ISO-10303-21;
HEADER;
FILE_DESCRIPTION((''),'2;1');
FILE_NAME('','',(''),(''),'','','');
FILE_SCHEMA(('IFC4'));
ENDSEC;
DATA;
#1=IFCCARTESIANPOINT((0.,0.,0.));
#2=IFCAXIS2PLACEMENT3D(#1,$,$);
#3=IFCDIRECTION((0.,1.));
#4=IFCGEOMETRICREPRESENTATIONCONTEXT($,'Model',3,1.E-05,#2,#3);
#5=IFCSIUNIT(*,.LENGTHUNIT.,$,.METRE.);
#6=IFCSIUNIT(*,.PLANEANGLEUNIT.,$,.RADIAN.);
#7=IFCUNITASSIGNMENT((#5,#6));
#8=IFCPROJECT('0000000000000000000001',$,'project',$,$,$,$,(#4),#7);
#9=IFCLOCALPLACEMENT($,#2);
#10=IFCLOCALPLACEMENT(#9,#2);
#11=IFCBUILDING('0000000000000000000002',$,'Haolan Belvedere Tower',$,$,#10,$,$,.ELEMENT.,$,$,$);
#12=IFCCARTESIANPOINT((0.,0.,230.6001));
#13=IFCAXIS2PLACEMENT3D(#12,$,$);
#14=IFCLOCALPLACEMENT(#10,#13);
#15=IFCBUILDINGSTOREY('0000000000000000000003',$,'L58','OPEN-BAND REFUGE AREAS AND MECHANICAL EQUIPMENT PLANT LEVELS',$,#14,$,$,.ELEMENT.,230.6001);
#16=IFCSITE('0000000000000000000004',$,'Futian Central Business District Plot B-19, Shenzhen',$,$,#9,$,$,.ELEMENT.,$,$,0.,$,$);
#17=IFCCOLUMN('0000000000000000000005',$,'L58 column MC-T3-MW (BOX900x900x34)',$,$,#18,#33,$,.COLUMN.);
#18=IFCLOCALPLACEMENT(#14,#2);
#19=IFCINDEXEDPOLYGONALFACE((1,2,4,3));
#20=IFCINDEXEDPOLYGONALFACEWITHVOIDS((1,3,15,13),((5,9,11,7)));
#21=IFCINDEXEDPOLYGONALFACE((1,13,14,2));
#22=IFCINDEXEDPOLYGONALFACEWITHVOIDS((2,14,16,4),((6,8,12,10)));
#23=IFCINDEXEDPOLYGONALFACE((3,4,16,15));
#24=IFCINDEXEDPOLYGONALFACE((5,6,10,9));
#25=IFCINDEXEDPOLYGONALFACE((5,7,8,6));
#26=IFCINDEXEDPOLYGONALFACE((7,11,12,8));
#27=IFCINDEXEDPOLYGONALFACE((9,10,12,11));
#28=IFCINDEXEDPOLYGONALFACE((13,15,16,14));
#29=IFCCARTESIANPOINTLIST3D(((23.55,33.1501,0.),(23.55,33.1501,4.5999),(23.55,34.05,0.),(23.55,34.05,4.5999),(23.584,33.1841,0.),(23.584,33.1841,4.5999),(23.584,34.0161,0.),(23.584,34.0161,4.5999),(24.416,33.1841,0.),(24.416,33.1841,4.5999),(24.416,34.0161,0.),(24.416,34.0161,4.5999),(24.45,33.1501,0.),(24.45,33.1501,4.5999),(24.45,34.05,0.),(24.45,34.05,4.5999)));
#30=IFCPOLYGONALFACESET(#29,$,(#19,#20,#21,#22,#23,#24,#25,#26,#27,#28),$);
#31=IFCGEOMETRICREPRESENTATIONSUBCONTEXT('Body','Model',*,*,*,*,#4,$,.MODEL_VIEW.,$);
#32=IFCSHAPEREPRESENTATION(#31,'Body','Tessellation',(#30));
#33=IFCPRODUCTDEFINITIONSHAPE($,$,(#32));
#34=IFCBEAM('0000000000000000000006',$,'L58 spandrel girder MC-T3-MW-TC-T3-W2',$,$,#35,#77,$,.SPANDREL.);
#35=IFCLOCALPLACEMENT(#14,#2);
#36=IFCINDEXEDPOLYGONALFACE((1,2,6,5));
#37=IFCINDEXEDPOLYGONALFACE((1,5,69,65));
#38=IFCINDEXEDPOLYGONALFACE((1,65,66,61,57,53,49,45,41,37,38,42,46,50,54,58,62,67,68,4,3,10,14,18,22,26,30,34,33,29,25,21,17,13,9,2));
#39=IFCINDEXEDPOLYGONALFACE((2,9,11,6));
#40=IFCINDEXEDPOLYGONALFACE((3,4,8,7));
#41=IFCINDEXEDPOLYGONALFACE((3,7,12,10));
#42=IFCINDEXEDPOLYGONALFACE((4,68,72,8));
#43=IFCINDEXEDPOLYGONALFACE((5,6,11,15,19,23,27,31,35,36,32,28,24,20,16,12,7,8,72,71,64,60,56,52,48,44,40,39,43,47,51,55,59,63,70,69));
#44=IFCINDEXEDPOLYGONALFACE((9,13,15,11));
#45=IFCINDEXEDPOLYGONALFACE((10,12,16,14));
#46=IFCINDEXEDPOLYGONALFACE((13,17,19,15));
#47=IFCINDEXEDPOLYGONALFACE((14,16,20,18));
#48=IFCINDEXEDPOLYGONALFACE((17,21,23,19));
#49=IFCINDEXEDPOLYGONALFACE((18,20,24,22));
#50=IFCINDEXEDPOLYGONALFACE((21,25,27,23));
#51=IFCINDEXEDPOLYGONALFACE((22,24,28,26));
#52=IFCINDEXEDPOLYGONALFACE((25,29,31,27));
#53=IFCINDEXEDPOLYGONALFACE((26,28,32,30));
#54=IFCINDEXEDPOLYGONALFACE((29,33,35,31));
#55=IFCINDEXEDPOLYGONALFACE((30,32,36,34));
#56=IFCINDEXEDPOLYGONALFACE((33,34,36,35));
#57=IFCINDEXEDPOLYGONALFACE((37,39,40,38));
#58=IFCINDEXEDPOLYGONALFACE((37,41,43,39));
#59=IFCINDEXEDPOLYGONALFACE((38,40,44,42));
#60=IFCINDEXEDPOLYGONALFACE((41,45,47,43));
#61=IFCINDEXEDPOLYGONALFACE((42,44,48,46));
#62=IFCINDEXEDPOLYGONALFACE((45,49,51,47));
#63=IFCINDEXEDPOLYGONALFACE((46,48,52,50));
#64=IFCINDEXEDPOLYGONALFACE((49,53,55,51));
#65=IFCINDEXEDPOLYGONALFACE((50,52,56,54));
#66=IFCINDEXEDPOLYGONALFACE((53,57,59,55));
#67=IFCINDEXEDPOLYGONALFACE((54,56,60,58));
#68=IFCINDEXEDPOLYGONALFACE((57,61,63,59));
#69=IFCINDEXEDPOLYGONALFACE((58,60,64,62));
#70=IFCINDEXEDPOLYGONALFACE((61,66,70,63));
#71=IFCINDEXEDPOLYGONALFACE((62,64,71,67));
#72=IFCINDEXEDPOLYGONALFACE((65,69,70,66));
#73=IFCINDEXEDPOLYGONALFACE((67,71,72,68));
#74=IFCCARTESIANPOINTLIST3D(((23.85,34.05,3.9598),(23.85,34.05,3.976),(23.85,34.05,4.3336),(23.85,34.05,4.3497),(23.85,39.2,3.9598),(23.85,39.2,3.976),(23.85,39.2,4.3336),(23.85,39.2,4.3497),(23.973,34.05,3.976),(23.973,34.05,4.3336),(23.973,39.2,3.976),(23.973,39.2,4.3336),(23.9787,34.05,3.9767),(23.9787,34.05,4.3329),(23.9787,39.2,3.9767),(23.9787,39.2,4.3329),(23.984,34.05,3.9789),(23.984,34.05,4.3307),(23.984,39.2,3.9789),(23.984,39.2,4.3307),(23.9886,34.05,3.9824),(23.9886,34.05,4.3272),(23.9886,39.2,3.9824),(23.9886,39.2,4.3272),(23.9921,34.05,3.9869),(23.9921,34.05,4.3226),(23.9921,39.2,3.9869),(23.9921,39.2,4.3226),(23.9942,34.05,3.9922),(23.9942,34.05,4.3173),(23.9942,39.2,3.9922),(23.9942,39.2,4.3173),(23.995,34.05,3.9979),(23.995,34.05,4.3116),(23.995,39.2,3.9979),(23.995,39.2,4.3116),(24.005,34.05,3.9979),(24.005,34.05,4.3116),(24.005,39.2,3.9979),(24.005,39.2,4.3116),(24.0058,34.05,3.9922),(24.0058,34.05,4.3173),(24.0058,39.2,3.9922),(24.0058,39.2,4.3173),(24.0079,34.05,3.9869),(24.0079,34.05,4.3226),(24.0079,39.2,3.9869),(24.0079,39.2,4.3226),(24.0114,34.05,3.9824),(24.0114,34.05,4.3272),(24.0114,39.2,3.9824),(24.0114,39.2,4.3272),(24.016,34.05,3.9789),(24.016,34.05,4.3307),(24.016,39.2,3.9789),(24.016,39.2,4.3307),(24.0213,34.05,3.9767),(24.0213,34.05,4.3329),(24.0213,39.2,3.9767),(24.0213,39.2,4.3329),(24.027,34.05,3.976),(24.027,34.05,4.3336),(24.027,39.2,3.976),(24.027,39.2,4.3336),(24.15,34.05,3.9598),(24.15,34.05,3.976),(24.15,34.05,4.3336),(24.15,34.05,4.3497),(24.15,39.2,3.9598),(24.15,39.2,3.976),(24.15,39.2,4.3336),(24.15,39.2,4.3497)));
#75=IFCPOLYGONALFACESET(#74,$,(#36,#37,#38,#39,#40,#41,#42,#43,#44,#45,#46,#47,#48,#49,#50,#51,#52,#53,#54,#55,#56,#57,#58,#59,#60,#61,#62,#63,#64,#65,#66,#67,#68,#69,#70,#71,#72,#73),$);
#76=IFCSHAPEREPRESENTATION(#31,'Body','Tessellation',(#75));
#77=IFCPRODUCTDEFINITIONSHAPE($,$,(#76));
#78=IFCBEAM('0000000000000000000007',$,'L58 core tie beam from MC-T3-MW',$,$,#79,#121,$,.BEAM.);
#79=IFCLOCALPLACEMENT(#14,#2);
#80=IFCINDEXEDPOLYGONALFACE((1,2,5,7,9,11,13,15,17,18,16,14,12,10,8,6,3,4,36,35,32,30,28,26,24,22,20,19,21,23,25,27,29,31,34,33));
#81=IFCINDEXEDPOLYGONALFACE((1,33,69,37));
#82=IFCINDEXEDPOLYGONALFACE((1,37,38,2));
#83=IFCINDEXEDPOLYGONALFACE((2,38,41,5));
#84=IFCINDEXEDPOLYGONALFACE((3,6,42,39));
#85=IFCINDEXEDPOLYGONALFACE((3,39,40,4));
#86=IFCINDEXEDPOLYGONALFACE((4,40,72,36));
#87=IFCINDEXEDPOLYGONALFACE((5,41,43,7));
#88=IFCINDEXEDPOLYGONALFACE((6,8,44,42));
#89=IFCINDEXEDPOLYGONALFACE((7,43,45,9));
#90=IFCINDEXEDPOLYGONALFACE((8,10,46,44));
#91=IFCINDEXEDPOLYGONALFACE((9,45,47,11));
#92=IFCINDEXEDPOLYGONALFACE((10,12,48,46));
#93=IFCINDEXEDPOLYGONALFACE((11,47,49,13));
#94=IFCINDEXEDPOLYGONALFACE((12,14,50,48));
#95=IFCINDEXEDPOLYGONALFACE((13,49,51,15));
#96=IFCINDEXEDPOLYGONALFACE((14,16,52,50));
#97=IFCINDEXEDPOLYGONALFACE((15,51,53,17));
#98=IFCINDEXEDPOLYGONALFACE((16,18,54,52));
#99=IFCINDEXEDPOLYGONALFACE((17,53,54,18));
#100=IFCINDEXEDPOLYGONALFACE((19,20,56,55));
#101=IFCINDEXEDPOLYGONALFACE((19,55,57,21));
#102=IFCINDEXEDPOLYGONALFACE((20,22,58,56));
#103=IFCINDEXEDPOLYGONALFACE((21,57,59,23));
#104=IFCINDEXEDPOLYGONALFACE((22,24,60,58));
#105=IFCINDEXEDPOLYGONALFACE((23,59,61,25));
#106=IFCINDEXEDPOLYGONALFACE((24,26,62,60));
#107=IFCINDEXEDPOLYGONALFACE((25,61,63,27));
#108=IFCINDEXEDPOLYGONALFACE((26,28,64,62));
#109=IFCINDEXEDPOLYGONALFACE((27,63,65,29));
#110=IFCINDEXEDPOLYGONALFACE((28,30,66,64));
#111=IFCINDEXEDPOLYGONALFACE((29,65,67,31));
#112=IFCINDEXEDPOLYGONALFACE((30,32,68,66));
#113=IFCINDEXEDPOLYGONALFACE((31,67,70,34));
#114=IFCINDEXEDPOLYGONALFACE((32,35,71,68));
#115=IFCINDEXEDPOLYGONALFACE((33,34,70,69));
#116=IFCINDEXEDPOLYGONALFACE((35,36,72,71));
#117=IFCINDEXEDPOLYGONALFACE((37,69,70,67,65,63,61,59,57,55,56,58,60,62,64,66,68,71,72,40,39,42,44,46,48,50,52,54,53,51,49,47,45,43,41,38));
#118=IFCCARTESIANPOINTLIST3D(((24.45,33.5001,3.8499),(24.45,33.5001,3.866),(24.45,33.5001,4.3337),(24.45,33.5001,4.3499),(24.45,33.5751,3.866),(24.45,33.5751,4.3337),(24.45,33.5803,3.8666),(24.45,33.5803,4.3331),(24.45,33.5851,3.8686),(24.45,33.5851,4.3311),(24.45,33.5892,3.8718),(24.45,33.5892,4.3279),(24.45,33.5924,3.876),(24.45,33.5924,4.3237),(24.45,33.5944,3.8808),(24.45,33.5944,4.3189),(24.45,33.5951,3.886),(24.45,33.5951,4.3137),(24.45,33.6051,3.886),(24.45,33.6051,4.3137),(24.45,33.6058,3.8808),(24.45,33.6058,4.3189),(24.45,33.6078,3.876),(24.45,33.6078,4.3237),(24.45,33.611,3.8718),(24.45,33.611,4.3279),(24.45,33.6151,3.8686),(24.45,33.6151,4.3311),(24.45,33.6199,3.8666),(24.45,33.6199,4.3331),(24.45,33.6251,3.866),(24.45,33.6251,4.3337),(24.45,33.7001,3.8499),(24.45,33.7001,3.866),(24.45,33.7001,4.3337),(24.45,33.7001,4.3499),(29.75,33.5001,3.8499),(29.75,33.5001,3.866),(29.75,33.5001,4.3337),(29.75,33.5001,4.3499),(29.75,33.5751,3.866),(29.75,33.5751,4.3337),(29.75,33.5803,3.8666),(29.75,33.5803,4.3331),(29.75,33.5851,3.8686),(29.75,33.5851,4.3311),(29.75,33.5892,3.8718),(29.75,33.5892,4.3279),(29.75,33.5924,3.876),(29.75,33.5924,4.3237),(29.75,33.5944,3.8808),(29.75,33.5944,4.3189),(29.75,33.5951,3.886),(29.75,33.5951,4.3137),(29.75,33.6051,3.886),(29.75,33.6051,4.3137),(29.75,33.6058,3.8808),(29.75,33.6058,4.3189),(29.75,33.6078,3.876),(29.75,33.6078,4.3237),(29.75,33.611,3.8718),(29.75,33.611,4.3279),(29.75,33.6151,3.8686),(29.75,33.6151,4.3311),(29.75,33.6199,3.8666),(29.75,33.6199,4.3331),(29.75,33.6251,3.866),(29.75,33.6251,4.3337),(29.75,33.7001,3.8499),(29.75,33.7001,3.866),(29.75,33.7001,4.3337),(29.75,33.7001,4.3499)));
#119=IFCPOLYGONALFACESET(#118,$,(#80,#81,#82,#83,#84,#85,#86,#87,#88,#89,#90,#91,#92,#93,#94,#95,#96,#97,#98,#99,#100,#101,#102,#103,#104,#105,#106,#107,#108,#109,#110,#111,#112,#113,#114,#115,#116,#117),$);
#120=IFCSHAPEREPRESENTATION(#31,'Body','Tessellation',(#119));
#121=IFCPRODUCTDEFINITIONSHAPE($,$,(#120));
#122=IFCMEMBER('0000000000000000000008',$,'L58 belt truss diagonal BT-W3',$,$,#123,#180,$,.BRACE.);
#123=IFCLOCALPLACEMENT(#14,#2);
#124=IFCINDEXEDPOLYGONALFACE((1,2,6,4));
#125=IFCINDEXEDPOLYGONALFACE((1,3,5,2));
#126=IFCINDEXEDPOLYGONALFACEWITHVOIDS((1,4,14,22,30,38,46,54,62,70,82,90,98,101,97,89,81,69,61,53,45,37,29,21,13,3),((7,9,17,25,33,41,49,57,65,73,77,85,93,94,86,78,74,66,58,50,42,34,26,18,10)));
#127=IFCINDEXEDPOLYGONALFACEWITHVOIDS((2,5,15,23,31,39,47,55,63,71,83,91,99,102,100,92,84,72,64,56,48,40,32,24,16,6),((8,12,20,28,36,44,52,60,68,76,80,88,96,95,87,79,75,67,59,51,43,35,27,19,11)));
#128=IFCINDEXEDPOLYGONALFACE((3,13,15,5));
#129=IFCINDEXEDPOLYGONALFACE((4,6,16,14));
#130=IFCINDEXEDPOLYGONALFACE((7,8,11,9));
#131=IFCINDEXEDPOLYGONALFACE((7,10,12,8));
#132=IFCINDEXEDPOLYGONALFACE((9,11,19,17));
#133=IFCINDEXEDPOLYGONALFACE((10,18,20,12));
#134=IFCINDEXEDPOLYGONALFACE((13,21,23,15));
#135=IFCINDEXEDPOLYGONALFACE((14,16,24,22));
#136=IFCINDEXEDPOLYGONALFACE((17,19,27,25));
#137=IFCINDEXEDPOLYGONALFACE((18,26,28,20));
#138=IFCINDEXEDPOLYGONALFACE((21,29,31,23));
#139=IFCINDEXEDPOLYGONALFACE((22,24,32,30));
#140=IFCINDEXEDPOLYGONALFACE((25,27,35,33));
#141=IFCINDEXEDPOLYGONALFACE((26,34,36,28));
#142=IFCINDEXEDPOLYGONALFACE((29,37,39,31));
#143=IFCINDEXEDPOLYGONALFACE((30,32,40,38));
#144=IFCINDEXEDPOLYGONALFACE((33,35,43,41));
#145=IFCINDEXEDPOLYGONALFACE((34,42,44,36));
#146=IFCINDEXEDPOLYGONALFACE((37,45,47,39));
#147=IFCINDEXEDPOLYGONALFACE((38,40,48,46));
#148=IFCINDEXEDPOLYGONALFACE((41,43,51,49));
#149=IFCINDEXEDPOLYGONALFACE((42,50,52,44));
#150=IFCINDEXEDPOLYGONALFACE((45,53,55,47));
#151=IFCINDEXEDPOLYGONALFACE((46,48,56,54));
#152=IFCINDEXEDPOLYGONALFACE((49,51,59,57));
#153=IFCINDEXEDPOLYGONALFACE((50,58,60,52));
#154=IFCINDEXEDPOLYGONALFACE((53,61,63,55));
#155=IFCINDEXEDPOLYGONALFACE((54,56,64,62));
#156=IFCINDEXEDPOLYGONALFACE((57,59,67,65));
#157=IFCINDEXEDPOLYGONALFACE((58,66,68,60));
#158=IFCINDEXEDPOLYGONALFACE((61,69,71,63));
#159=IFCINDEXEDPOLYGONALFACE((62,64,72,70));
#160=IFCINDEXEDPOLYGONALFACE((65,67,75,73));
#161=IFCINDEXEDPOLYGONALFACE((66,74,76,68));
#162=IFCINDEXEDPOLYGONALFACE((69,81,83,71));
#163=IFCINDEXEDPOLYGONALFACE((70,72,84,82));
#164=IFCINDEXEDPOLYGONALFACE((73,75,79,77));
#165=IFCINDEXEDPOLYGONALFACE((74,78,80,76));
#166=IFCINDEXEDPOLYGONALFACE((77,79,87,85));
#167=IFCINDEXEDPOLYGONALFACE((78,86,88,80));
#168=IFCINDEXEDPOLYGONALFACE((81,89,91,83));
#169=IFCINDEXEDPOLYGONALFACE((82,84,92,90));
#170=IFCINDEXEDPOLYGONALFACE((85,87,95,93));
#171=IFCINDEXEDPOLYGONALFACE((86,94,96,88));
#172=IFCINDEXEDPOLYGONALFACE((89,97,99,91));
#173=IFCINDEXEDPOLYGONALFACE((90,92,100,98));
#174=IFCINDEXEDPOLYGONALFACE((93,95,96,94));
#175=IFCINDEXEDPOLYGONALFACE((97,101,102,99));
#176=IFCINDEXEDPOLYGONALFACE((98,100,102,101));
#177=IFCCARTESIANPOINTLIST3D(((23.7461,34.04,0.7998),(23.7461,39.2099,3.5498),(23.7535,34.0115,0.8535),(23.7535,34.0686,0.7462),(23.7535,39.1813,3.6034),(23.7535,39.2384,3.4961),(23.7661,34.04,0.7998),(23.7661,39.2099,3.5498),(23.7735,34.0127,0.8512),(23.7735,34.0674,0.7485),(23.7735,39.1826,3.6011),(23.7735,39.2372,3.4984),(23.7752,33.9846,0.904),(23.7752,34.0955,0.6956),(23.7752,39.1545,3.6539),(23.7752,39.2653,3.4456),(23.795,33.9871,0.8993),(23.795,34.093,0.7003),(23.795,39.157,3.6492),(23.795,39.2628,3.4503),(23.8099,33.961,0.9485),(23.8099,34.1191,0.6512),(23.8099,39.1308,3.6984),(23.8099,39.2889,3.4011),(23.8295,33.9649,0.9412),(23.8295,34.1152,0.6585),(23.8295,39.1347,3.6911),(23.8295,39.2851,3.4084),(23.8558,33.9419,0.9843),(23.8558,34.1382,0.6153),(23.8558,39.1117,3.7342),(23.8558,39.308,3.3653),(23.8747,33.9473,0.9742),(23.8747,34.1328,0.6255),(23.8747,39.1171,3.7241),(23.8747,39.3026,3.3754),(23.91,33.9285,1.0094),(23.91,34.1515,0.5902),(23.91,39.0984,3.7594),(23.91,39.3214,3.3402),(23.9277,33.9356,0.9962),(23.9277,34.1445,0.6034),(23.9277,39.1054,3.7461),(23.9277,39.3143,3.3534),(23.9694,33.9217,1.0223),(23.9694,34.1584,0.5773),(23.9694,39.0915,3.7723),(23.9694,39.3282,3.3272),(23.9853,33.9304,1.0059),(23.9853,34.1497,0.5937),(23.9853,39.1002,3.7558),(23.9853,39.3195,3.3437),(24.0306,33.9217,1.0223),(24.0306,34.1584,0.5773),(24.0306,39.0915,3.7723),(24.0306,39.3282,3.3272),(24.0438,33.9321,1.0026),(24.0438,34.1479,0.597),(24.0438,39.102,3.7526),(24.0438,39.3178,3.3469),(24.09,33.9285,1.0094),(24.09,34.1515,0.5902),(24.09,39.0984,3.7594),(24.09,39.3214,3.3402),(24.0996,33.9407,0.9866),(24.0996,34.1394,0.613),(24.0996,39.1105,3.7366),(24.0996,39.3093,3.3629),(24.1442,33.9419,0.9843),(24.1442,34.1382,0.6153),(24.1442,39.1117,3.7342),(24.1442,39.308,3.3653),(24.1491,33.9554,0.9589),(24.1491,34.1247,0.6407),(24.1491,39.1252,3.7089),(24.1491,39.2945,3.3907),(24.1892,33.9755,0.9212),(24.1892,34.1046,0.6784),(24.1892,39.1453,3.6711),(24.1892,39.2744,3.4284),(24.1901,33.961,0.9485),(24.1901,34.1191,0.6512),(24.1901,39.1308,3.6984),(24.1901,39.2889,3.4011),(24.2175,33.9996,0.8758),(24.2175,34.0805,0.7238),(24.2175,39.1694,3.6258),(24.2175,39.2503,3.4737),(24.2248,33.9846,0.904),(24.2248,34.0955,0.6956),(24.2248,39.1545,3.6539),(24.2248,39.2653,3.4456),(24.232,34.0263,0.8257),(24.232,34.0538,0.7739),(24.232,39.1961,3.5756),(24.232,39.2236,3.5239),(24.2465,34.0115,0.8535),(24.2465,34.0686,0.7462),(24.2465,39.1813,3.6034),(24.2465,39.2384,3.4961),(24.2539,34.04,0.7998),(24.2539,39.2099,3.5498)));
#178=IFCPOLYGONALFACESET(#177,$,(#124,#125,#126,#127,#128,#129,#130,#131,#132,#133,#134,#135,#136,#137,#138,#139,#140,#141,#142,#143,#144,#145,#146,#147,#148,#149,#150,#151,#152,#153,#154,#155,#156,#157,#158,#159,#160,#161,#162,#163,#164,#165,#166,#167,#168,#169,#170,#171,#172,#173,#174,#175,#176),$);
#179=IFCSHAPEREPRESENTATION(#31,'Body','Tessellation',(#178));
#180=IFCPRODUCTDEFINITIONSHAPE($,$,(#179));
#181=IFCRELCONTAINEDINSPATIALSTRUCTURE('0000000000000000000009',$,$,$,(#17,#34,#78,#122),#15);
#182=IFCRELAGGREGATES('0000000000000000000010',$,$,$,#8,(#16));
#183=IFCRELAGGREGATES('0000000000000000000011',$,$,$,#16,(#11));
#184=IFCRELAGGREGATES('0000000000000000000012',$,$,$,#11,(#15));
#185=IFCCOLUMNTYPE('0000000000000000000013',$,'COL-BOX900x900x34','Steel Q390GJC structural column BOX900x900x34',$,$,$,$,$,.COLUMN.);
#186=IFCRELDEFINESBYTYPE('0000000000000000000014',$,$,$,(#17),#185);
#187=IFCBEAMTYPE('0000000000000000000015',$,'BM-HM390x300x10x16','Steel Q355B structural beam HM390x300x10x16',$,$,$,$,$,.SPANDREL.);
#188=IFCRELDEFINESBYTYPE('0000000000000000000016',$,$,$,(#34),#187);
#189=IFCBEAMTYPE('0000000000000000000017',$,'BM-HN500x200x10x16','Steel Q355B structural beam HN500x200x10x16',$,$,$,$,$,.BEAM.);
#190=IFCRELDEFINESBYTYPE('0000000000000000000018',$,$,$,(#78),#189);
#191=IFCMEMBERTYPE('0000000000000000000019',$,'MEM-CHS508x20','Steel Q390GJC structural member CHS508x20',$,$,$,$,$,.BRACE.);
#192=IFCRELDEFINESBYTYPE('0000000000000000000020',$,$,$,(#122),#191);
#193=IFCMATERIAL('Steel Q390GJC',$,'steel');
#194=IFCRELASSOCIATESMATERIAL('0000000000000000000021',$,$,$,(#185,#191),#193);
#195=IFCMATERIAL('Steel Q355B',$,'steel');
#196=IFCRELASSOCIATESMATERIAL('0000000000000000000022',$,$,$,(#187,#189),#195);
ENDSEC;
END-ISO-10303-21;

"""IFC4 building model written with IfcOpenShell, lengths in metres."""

from ifc_helpers import new_model, si_unit, direction, frame, origin, origin_2d, place, context, subcontext, project, spatial, hollow_rectangle, hollow_circle, i_section, extrude, material, material_profile, profile_set, type_object, element, save


model = new_model("IFC4")

# Units and contexts
model_context = context("Model", 3, precision=1e-05, world=origin(), true_north=direction((0.0, 1.0)))
body_context = subcontext(model_context, "Body", "Model", "MODEL_VIEW")
ifc_project = project(units=[si_unit("LENGTHUNIT", "METRE"), si_unit("PLANEANGLEUNIT", "RADIAN")], contexts=[model_context])

# Site, building, storey
site_placement = place(None, origin())
site = spatial("IfcSite", under=ifc_project, at=site_placement, Name="Futian Central Business District Plot B-19, Shenzhen", CompositionType="ELEMENT", RefElevation=0.0)
building_placement = place(site_placement, origin())
building = spatial("IfcBuilding", under=site, at=building_placement, Name="Haolan Belvedere Tower", CompositionType="ELEMENT")
storey_placement = place(building_placement, frame((0.0, 0.0, 230.6001)))
storey = spatial("IfcBuildingStorey", under=building, at=storey_placement, Name="L58", Description="OPEN-BAND REFUGE AREAS AND MECHANICAL EQUIPMENT PLANT LEVELS", CompositionType="ELEMENT", Elevation=230.6001)

# Column
ifc_material_1 = material(Name="Steel Q390GJC", Category="steel")
ifc_material_profile_1 = material_profile(ifc_material_1, hollow_rectangle(XDim=0.8999, YDim=0.8999, WallThickness=0.0339, at=origin_2d()), Name="Steel Q390GJC")
ifc_profile_set_1 = profile_set([ifc_material_profile_1], Name="Steel Q390GJC")
column_type = type_object("IfcColumnType", Name="COL-BOX900x900x34", Description="Steel Q390GJC structural column BOX900x900x34", PredefinedType="COLUMN", material=ifc_profile_set_1)
column_placement = place(storey_placement, frame((24.0, 33.6001, 0.0), z_axis=(0.0, 0.0, 1.0), x_axis=(1.0, 0.0, 0.0)))
element("IfcColumn", 1, at=column_placement, inside=storey, type_object=column_type, Name="L58 column MC-T3-MW (BOX900x900x34)", PredefinedType="COLUMN", context=body_context, shape_type="SweptSolid", body=[
    extrude(hollow_rectangle(XDim=0.8999, YDim=0.8999, WallThickness=0.0339, at=origin_2d()), origin(), (0.0, 0.0, 1.0), 4.5999),
])

# Beams
ifc_material_2 = material(Name="Steel Q355B", Category="steel")
ifc_material_profile_2 = material_profile(ifc_material_2, i_section(OverallWidth=0.3, OverallDepth=0.3899, WebThickness=0.01, FlangeThickness=0.0161, FilletRadius=0.022, at=origin_2d()), Name="Steel Q355B")
ifc_profile_set_2 = profile_set([ifc_material_profile_2], Name="Steel Q355B")
beam_type_1 = type_object("IfcBeamType", Name="BM-HM390x300x10x16", Description="Steel Q355B structural beam HM390x300x10x16", PredefinedType="SPANDREL", material=ifc_profile_set_2)
beam_1_placement = place(storey_placement, frame((24.0, 34.05, 4.1548), z_axis=(0.0, 1.0, 0.0), x_axis=(-1.0, 0.0, 0.0)))
element("IfcBeam", 2, at=beam_1_placement, inside=storey, type_object=beam_type_1, Name="L58 spandrel girder MC-T3-MW-TC-T3-W2", PredefinedType="SPANDREL", context=body_context, shape_type="SweptSolid", body=[
    extrude(i_section(OverallWidth=0.3, OverallDepth=0.3899, WebThickness=0.01, FlangeThickness=0.0161, FilletRadius=0.022, at=origin_2d()), origin(), (0.0, 0.0, 1.0), 5.1499),
])
ifc_material_profile_3 = material_profile(ifc_material_2, i_section(OverallWidth=0.2, OverallDepth=0.5, WebThickness=0.01, FlangeThickness=0.0161, FilletRadius=0.02, at=origin_2d()), Name="Steel Q355B")
ifc_profile_set_3 = profile_set([ifc_material_profile_3], Name="Steel Q355B")
beam_type_2 = type_object("IfcBeamType", Name="BM-HN500x200x10x16", Description="Steel Q355B structural beam HN500x200x10x16", PredefinedType="BEAM", material=ifc_profile_set_3)
beam_2_placement = place(storey_placement, frame((24.45, 33.6001, 4.0999), z_axis=(1.0, 0.0, 0.0), x_axis=(0.0, 1.0, 0.0)))
element("IfcBeam", 3, at=beam_2_placement, inside=storey, type_object=beam_type_2, Name="L58 core tie beam from MC-T3-MW", PredefinedType="BEAM", context=body_context, shape_type="SweptSolid", body=[
    extrude(i_section(OverallWidth=0.2, OverallDepth=0.5, WebThickness=0.01, FlangeThickness=0.0161, FilletRadius=0.02, at=origin_2d()), origin(), (0.0, 0.0, 1.0), 5.3),
])

# Member
ifc_material_profile_4 = material_profile(ifc_material_1, hollow_circle(Radius=0.2539, WallThickness=0.02, at=origin_2d()), Name="Steel Q390GJC")
ifc_profile_set_4 = profile_set([ifc_material_profile_4], Name="Steel Q390GJC")
member_type = type_object("IfcMemberType", Name="MEM-CHS508x20", Description="Steel Q390GJC structural member CHS508x20", PredefinedType="BRACE", material=ifc_profile_set_4)
member_placement = place(storey_placement, frame((24.0, 34.04, 0.7998), z_axis=(0.0, 0.882869, 0.469619), x_axis=(-1.0, 0.0, 0.0)))
element("IfcMember", 4, at=member_placement, inside=storey, type_object=member_type, Name="L58 belt truss diagonal BT-W3", PredefinedType="BRACE", context=body_context, shape_type="SweptSolid", body=[
    extrude(hollow_circle(Radius=0.2539, WallThickness=0.02, at=origin_2d()), origin(), (0.0, 0.0, 1.0), 5.8557),
])

save(model, "model.ifc")
